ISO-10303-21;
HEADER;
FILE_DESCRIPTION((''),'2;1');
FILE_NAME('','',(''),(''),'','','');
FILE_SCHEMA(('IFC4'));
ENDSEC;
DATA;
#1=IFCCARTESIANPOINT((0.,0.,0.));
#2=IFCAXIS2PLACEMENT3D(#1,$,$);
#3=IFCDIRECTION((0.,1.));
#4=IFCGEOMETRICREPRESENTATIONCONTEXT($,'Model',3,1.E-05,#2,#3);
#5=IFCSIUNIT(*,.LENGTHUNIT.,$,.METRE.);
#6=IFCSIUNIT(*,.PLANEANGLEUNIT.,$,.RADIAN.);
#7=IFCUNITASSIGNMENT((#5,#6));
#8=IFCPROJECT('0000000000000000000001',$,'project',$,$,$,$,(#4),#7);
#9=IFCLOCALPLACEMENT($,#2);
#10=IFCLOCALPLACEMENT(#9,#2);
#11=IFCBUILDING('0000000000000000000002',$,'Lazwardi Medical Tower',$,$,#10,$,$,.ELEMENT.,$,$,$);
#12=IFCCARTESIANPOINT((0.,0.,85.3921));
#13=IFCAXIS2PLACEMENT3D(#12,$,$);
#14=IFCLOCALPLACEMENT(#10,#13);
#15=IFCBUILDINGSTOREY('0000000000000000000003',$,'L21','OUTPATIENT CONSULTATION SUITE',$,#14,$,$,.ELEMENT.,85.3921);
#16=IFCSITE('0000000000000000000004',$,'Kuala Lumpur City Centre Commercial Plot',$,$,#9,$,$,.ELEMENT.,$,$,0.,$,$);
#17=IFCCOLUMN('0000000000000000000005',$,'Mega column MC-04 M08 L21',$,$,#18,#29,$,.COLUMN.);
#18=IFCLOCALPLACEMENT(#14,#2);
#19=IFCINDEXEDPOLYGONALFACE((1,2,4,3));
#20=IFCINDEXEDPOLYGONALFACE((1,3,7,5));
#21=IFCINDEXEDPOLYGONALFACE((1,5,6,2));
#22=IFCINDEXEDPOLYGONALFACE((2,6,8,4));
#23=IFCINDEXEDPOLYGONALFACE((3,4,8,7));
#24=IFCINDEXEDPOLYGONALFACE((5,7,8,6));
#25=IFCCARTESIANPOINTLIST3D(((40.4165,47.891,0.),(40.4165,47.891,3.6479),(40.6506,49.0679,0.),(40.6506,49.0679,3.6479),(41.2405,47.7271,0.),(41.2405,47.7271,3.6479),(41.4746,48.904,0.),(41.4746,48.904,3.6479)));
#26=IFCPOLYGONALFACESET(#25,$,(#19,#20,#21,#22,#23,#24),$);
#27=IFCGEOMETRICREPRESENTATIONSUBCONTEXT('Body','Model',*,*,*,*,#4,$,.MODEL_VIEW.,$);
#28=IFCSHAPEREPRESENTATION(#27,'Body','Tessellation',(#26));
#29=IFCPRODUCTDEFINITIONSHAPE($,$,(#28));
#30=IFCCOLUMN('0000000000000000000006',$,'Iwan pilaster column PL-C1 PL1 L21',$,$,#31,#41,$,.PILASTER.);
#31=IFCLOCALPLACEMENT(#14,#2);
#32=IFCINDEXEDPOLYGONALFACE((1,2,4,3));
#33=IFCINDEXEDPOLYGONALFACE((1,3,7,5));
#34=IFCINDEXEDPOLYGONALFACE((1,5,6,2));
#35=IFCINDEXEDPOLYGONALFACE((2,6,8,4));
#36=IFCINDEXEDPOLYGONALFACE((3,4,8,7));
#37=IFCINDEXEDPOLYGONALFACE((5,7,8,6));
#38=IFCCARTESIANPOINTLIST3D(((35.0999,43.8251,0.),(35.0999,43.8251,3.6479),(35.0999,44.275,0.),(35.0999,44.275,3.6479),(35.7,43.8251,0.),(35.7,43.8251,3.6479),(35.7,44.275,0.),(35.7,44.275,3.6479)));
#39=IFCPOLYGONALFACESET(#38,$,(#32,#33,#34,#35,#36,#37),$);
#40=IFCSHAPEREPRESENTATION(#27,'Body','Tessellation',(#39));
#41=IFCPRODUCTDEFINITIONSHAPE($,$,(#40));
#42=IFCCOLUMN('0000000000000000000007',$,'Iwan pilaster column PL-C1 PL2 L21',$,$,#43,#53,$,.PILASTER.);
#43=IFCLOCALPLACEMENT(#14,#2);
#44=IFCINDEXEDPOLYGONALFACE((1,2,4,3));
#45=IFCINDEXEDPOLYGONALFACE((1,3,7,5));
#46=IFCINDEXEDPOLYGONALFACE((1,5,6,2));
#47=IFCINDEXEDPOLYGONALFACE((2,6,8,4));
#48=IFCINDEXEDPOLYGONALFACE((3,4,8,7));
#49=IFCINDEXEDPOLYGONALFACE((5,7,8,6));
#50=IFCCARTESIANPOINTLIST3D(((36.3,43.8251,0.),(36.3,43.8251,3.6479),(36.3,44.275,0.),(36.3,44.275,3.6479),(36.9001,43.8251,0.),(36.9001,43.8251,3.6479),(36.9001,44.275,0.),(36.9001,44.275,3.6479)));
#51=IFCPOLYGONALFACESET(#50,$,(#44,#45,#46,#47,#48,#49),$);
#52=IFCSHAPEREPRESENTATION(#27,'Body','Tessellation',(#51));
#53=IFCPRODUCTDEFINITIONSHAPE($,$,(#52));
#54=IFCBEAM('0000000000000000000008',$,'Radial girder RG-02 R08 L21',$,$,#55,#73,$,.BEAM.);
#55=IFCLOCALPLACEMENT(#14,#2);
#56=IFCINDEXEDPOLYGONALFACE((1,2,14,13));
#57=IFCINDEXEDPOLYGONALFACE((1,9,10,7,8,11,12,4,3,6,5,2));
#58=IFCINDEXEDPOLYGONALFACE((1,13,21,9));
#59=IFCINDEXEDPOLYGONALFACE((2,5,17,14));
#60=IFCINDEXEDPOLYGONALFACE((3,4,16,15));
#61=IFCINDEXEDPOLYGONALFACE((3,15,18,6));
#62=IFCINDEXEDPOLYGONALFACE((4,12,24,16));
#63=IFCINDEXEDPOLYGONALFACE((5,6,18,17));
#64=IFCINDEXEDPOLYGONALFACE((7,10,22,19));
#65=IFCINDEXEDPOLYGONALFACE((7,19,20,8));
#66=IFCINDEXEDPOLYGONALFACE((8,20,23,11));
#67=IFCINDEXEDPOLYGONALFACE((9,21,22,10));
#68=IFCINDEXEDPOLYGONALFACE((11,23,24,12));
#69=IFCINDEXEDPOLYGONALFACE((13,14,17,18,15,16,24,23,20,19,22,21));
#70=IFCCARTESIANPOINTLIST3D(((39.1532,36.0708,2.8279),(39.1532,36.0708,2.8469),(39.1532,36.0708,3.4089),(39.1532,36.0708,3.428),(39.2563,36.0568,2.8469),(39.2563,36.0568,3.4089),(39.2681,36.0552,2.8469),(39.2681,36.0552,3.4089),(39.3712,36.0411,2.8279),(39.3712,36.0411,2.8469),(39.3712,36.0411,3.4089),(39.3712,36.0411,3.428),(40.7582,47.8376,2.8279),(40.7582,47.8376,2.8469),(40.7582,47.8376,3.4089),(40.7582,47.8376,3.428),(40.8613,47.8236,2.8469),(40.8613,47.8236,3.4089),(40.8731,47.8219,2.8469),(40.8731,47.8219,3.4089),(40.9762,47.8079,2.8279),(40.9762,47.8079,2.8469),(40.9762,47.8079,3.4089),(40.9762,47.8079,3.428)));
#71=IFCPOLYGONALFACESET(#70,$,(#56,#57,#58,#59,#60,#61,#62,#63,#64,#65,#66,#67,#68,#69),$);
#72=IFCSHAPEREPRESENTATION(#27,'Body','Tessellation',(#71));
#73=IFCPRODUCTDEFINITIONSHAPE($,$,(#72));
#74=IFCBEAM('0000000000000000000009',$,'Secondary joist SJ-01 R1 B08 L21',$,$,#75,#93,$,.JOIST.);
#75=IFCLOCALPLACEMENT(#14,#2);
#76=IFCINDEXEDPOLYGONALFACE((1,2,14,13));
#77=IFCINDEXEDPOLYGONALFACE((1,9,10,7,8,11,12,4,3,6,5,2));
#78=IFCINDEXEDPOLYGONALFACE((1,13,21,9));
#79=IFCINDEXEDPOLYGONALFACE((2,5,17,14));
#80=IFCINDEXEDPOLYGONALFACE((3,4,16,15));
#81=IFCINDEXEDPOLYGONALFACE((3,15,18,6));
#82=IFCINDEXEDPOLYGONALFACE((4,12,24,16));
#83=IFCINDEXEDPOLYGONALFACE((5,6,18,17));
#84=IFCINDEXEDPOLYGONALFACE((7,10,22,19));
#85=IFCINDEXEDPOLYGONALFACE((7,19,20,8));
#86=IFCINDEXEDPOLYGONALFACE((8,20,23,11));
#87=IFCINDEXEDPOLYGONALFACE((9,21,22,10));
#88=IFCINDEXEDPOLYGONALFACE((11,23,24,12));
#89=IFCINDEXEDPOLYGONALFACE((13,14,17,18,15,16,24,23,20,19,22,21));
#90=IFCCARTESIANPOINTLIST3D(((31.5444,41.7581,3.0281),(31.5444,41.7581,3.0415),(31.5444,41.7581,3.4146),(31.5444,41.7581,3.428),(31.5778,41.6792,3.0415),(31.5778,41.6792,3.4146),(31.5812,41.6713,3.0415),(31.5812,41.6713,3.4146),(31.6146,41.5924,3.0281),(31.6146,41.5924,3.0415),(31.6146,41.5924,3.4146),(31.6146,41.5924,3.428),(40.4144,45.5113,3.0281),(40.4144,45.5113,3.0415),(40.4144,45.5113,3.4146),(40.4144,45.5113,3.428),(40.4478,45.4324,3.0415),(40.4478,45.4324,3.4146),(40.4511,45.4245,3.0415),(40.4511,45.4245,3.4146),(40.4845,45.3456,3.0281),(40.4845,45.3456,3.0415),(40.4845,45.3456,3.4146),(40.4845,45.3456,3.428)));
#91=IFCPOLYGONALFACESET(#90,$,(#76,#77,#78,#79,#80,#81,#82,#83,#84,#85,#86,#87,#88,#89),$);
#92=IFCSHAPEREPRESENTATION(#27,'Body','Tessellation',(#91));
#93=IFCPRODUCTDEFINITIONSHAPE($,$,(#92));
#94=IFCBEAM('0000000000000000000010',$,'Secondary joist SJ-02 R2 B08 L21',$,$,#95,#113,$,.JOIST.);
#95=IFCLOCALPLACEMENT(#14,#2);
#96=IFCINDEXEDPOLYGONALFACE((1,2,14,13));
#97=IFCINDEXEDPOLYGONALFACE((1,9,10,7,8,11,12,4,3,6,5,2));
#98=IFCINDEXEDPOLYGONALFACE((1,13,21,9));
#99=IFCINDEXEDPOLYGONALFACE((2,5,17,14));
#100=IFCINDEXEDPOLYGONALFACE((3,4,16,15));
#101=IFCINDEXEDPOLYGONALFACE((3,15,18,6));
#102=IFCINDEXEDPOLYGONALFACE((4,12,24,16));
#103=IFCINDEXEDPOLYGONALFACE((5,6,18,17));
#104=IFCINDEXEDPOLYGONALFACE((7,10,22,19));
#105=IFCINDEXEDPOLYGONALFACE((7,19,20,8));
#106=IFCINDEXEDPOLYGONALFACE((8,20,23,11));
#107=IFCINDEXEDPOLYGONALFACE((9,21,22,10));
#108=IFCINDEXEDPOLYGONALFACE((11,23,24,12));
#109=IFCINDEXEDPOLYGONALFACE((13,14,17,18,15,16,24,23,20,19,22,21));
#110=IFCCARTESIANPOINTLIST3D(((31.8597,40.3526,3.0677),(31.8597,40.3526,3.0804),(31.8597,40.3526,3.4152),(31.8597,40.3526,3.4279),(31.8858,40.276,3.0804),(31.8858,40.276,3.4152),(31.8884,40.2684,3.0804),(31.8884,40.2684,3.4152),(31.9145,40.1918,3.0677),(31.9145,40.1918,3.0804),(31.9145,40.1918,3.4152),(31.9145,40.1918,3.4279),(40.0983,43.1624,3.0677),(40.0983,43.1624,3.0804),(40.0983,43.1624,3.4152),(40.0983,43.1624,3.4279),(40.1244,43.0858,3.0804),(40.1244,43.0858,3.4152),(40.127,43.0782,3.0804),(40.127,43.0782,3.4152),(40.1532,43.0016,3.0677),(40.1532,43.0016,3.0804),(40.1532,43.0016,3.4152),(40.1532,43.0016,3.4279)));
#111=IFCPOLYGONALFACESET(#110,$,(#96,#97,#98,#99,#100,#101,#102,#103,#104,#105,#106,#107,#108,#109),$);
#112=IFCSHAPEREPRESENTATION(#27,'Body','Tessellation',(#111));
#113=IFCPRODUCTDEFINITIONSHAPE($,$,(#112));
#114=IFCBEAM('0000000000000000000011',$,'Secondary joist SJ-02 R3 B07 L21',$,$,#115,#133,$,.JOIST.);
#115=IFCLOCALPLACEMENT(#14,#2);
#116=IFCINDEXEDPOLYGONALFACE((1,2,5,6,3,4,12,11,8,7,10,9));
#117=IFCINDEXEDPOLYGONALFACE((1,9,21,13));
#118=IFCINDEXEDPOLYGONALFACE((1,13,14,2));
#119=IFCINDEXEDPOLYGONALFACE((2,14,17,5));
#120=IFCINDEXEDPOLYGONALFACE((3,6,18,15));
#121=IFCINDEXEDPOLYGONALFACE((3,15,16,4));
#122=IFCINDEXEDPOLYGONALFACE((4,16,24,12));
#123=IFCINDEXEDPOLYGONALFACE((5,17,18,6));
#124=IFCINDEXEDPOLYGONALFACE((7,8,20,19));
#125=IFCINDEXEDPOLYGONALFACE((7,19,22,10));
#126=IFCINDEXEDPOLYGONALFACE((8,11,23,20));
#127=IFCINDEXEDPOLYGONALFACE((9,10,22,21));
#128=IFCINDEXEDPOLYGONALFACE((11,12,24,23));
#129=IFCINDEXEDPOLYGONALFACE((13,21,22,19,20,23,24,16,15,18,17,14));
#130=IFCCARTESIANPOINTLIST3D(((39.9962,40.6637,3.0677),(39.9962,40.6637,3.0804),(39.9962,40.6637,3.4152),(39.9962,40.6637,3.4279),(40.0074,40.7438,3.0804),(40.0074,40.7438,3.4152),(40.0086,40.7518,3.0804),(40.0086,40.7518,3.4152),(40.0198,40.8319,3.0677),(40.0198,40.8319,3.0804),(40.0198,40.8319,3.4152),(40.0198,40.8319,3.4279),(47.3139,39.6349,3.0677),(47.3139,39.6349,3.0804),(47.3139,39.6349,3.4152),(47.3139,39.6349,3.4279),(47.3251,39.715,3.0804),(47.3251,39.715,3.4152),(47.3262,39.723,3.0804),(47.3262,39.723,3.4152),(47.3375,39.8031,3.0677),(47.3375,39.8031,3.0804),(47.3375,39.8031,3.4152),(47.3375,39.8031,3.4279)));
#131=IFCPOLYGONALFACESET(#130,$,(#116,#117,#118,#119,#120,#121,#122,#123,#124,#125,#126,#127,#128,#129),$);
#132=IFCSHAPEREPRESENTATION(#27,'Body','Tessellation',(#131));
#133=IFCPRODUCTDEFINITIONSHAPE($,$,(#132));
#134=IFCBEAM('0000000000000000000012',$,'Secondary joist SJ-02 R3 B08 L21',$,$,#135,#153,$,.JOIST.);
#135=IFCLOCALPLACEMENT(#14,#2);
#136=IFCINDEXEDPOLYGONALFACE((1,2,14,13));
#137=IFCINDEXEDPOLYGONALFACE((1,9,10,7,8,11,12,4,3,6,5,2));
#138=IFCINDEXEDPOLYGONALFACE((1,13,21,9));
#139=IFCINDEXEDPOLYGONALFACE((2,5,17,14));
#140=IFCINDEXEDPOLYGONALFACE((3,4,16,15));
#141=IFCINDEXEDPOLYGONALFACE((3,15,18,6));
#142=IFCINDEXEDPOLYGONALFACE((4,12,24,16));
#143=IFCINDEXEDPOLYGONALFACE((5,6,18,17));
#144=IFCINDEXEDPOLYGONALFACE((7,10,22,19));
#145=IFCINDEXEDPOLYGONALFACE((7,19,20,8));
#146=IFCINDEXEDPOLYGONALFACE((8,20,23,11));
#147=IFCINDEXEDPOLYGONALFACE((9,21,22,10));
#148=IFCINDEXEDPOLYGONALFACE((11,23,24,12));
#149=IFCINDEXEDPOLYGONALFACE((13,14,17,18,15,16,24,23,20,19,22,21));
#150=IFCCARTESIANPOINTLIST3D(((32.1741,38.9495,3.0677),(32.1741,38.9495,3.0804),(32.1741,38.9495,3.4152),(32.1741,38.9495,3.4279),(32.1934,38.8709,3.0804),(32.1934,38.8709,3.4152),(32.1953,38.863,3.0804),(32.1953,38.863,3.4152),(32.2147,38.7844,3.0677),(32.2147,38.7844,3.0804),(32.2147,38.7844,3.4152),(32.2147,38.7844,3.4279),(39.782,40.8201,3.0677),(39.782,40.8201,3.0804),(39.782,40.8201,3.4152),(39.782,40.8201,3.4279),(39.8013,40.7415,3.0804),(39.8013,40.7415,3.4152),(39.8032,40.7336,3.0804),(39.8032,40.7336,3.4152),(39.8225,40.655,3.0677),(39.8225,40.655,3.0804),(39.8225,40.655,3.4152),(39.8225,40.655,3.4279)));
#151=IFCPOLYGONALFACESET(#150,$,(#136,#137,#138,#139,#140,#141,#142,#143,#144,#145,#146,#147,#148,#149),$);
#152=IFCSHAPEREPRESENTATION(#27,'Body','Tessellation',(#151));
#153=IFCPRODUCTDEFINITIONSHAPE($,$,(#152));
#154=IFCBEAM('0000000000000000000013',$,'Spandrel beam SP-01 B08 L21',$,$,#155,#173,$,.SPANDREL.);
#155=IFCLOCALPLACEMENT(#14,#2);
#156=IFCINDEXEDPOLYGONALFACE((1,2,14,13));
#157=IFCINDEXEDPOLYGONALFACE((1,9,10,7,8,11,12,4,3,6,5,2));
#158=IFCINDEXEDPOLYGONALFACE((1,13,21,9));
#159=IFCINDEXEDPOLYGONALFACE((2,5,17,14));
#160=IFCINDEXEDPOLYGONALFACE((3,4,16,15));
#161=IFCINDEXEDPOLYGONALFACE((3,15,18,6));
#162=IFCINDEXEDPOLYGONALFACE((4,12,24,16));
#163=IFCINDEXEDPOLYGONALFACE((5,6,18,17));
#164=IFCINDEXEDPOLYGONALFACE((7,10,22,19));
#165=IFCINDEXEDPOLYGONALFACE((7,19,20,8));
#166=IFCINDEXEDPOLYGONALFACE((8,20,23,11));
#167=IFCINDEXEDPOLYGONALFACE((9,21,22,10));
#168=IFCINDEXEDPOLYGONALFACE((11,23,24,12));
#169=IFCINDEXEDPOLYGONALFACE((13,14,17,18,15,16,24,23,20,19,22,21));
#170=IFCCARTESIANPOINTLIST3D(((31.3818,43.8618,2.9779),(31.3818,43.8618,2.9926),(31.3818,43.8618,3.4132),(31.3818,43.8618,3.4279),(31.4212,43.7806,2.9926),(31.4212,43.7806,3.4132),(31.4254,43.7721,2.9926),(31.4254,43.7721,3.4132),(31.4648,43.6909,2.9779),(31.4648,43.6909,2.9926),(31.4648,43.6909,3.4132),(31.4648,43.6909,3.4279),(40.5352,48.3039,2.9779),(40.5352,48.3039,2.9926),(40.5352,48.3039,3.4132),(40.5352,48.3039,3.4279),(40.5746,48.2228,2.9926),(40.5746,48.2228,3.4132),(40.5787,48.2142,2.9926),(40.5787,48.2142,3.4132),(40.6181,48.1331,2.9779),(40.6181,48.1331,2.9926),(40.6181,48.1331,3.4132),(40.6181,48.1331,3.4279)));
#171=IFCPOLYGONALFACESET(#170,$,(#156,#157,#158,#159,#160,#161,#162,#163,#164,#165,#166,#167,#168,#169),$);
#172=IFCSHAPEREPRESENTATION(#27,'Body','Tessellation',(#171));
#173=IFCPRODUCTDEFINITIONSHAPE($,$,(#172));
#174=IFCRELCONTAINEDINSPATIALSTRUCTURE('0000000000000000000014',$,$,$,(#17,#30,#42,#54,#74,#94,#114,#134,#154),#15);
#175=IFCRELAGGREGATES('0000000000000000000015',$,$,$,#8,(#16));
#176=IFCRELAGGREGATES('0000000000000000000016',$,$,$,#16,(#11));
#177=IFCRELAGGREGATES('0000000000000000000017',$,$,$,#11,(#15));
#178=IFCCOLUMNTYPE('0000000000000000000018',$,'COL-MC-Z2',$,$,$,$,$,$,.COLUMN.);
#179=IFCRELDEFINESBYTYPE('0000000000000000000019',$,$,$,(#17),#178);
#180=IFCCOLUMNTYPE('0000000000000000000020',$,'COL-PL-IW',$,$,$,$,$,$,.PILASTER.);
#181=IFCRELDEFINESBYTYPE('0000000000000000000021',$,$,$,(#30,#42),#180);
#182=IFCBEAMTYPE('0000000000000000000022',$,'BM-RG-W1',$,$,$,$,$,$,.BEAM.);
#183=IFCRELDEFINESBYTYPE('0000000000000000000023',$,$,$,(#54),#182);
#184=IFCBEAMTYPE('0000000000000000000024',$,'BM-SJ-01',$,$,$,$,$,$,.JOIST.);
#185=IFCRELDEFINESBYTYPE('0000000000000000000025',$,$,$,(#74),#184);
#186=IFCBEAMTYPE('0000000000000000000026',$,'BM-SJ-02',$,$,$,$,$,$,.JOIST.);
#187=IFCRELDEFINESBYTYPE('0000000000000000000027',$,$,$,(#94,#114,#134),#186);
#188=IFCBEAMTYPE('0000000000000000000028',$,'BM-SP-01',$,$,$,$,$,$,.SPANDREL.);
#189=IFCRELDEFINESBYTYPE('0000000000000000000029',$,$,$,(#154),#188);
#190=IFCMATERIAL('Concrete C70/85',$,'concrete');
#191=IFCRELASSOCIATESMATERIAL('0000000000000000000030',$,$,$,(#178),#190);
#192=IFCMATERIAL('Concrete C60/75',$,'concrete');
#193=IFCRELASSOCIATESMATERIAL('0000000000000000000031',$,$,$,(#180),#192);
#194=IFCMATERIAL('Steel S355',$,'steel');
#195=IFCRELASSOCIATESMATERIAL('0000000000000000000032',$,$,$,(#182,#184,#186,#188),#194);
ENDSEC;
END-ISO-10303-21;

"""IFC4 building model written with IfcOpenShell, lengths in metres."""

from ifc_helpers import new_model, si_unit, direction, frame, origin, origin_2d, place, context, subcontext, project, spatial, rectangle, i_section, extrude, material, material_profile, profile_set, type_object, element, save


model = new_model("IFC4")

# Units and contexts
model_context = context("Model", 3, precision=1e-05, world=origin(), true_north=direction((0.0, 1.0)))
body_context = subcontext(model_context, "Body", "Model", "MODEL_VIEW")
ifc_project = project(units=[si_unit("LENGTHUNIT", "METRE"), si_unit("PLANEANGLEUNIT", "RADIAN")], contexts=[model_context])

# Site, building, storey
site_placement = place(None, origin())
site = spatial("IfcSite", under=ifc_project, at=site_placement, Name="Kuala Lumpur City Centre Commercial Plot", CompositionType="ELEMENT", RefElevation=0.0)
building_placement = place(site_placement, origin())
building = spatial("IfcBuilding", under=site, at=building_placement, Name="Lazwardi Medical Tower", CompositionType="ELEMENT")
storey_placement = place(building_placement, frame((0.0, 0.0, 85.3921)))
storey = spatial("IfcBuildingStorey", under=building, at=storey_placement, Name="L21", Description="OUTPATIENT CONSULTATION SUITE", CompositionType="ELEMENT", Elevation=85.3921)

# Columns
ifc_material_1 = material(Name="Concrete C70/85", Category="concrete")
ifc_material_profile_1 = material_profile(ifc_material_1, rectangle(XDim=1.2, YDim=0.8401, at=origin_2d()), Name="CFT-RECT 1200x840")
ifc_profile_set_1 = profile_set([ifc_material_profile_1], Name="Concrete C70/85")
column_type_1 = type_object("IfcColumnType", Name="COL-MC-Z2", PredefinedType="COLUMN", material=ifc_profile_set_1)
column_placement = place(storey_placement, frame((40.9456, 48.3975, 0.0), z_axis=(0.0, 0.0, 1.0), x_axis=(0.19509, 0.980785, 0.0)))
element("IfcColumn", 1, at=column_placement, inside=storey, type_object=column_type_1, Name="Mega column MC-04 M08 L21", PredefinedType="COLUMN", context=body_context, shape_type="SweptSolid", body=[
    extrude(rectangle(XDim=1.2, YDim=0.8401, at=origin_2d()), origin(), (0.0, 0.0, 1.0), 3.6479),
])
ifc_material_2 = material(Name="Concrete C60/75", Category="concrete")
ifc_material_profile_2 = material_profile(ifc_material_2, rectangle(XDim=0.6001, YDim=0.45, at=origin_2d()), Name="RC 600x450")
ifc_profile_set_2 = profile_set([ifc_material_profile_2], Name="Concrete C60/75")
column_type_2 = type_object("IfcColumnType", Name="COL-PL-IW", PredefinedType="PILASTER", material=ifc_profile_set_2)
for number, where, z_axis, x_axis, name in (
    (2, (35.3999, 44.05, 0.0), (0.0, 0.0, 1.0), (1.0, 0.0, 0.0), "Iwan pilaster column PL-C1 PL1 L21"),
    (3, (36.6001, 44.05, 0.0), (0.0, 0.0, 1.0), (1.0, 0.0, 0.0), "Iwan pilaster column PL-C1 PL2 L21"),
):
    element("IfcColumn", number, at=place(storey_placement, frame(where, z_axis=z_axis, x_axis=x_axis)), inside=storey, type_object=column_type_2, Name=name, PredefinedType="PILASTER", context=body_context, shape_type="SweptSolid", body=[
        extrude(rectangle(XDim=0.6001, YDim=0.45, at=origin_2d()), origin(), (0.0, 0.0, 1.0), 3.6479),
    ])

# Beams
ifc_material_3 = material(Name="Steel S355", Category="steel")
ifc_material_profile_3 = material_profile(ifc_material_3, i_section(OverallWidth=0.22, OverallDepth=0.6001, WebThickness=0.012, FlangeThickness=0.019, at=origin_2d()), Name="IPE 600")
ifc_profile_set_3 = profile_set([ifc_material_profile_3], Name="Steel S355")
beam_type_1 = type_object("IfcBeamType", Name="BM-RG-W1", PredefinedType="BEAM", material=ifc_profile_set_3)
beam_1_placement = place(storey_placement, frame((40.8672, 47.8228, 3.1279), z_axis=(-0.135147, -0.990826, 0.0), x_axis=(0.990826, -0.135147, 0.0)))
element("IfcBeam", 4, at=beam_1_placement, inside=storey, type_object=beam_type_1, Name="Radial girder RG-02 R08 L21", PredefinedType="BEAM", context=body_context, shape_type="SweptSolid", body=[
    extrude(i_section(OverallWidth=0.22, OverallDepth=0.6001, WebThickness=0.012, FlangeThickness=0.019, at=origin_2d()), origin(), (0.0, 0.0, 1.0), 11.8757),
])
ifc_material_profile_4 = material_profile(ifc_material_3, i_section(OverallWidth=0.1799, OverallDepth=0.3999, WebThickness=0.0085, FlangeThickness=0.0134, at=origin_2d()), Name="IPE 400")
ifc_profile_set_4 = profile_set([ifc_material_profile_4], Name="Steel S355")
beam_type_2 = type_object("IfcBeamType", Name="BM-SJ-01", PredefinedType="JOIST", material=ifc_profile_set_4)
beam_2_placement = place(storey_placement, frame((40.4495, 45.4285, 3.228), z_axis=(-0.920947, -0.389687, 0.0), x_axis=(0.389687, -0.920947, 0.0)))
element("IfcBeam", 5, at=beam_2_placement, inside=storey, type_object=beam_type_2, Name="Secondary joist SJ-01 R1 B08 L21", PredefinedType="JOIST", context=body_context, shape_type="SweptSolid", body=[
    extrude(i_section(OverallWidth=0.1799, OverallDepth=0.3999, WebThickness=0.0085, FlangeThickness=0.0134, at=origin_2d()), origin(), (0.0, 0.0, 1.0), 9.6313),
])
ifc_material_profile_5 = material_profile(ifc_material_3, i_section(OverallWidth=0.1699, OverallDepth=0.3601, WebThickness=0.0081, FlangeThickness=0.0127, at=origin_2d()), Name="IPE 360")
ifc_profile_set_5 = profile_set([ifc_material_profile_5], Name="Steel S355")
beam_type_3 = type_object("IfcBeamType", Name="BM-SJ-02", PredefinedType="JOIST", material=ifc_profile_set_5)
beam_3_placement = place(storey_placement, frame((40.1257, 43.082, 3.2478), z_axis=(-0.946467, -0.3228, 0.0), x_axis=(0.3228, -0.946467, 0.0)))
element("IfcBeam", 6, at=beam_3_placement, inside=storey, type_object=beam_type_3, Name="Secondary joist SJ-02 R2 B08 L21", PredefinedType="JOIST", context=body_context, shape_type="SweptSolid", body=[
    extrude(i_section(OverallWidth=0.1699, OverallDepth=0.3601, WebThickness=0.0081, FlangeThickness=0.0127, at=origin_2d()), origin(), (0.0, 0.0, 1.0), 8.7046),
])
beam_4_placement = place(storey_placement, frame((47.3257, 39.719, 3.2478), z_axis=(-0.990261, 0.139224, 0.0), x_axis=(-0.139224, -0.990261, 0.0)))
element("IfcBeam", 7, at=beam_4_placement, inside=storey, type_object=beam_type_3, Name="Secondary joist SJ-02 R3 B07 L21", PredefinedType="JOIST", context=body_context, shape_type="SweptSolid", body=[
    extrude(i_section(OverallWidth=0.1699, OverallDepth=0.3601, WebThickness=0.0081, FlangeThickness=0.0127, at=origin_2d()), origin(), (0.0, 0.0, 1.0), 7.3896),
])
beam_5_placement = place(storey_placement, frame((39.8022, 40.7375, 3.2478), z_axis=(-0.971077, -0.238765, 0.0), x_axis=(0.238765, -0.971077, 0.0)))
element("IfcBeam", 8, at=beam_5_placement, inside=storey, type_object=beam_type_3, Name="Secondary joist SJ-02 R3 B08 L21", PredefinedType="JOIST", context=body_context, shape_type="SweptSolid", body=[
    extrude(i_section(OverallWidth=0.1699, OverallDepth=0.3601, WebThickness=0.0081, FlangeThickness=0.0127, at=origin_2d()), origin(), (0.0, 0.0, 1.0), 7.8345),
])
ifc_material_profile_6 = material_profile(ifc_material_3, i_section(OverallWidth=0.1899, OverallDepth=0.45, WebThickness=0.0095, FlangeThickness=0.0146, at=origin_2d()), Name="IPE 450")
ifc_profile_set_6 = profile_set([ifc_material_profile_6], Name="Steel S355")
beam_type_4 = type_object("IfcBeamType", Name="BM-SP-01", PredefinedType="SPANDREL", material=ifc_profile_set_6)
beam_6_placement = place(storey_placement, frame((40.5767, 48.2185, 3.2029), z_axis=(-0.899653, -0.436605, 0.0), x_axis=(0.436605, -0.899653, 0.0)))
element("IfcBeam", 9, at=beam_6_placement, inside=storey, type_object=beam_type_4, Name="Spandrel beam SP-01 B08 L21", PredefinedType="SPANDREL", context=body_context, shape_type="SweptSolid", body=[
    extrude(i_section(OverallWidth=0.1899, OverallDepth=0.45, WebThickness=0.0095, FlangeThickness=0.0146, at=origin_2d()), origin(), (0.0, 0.0, 1.0), 10.1743),
])

save(model, "model.ifc")
